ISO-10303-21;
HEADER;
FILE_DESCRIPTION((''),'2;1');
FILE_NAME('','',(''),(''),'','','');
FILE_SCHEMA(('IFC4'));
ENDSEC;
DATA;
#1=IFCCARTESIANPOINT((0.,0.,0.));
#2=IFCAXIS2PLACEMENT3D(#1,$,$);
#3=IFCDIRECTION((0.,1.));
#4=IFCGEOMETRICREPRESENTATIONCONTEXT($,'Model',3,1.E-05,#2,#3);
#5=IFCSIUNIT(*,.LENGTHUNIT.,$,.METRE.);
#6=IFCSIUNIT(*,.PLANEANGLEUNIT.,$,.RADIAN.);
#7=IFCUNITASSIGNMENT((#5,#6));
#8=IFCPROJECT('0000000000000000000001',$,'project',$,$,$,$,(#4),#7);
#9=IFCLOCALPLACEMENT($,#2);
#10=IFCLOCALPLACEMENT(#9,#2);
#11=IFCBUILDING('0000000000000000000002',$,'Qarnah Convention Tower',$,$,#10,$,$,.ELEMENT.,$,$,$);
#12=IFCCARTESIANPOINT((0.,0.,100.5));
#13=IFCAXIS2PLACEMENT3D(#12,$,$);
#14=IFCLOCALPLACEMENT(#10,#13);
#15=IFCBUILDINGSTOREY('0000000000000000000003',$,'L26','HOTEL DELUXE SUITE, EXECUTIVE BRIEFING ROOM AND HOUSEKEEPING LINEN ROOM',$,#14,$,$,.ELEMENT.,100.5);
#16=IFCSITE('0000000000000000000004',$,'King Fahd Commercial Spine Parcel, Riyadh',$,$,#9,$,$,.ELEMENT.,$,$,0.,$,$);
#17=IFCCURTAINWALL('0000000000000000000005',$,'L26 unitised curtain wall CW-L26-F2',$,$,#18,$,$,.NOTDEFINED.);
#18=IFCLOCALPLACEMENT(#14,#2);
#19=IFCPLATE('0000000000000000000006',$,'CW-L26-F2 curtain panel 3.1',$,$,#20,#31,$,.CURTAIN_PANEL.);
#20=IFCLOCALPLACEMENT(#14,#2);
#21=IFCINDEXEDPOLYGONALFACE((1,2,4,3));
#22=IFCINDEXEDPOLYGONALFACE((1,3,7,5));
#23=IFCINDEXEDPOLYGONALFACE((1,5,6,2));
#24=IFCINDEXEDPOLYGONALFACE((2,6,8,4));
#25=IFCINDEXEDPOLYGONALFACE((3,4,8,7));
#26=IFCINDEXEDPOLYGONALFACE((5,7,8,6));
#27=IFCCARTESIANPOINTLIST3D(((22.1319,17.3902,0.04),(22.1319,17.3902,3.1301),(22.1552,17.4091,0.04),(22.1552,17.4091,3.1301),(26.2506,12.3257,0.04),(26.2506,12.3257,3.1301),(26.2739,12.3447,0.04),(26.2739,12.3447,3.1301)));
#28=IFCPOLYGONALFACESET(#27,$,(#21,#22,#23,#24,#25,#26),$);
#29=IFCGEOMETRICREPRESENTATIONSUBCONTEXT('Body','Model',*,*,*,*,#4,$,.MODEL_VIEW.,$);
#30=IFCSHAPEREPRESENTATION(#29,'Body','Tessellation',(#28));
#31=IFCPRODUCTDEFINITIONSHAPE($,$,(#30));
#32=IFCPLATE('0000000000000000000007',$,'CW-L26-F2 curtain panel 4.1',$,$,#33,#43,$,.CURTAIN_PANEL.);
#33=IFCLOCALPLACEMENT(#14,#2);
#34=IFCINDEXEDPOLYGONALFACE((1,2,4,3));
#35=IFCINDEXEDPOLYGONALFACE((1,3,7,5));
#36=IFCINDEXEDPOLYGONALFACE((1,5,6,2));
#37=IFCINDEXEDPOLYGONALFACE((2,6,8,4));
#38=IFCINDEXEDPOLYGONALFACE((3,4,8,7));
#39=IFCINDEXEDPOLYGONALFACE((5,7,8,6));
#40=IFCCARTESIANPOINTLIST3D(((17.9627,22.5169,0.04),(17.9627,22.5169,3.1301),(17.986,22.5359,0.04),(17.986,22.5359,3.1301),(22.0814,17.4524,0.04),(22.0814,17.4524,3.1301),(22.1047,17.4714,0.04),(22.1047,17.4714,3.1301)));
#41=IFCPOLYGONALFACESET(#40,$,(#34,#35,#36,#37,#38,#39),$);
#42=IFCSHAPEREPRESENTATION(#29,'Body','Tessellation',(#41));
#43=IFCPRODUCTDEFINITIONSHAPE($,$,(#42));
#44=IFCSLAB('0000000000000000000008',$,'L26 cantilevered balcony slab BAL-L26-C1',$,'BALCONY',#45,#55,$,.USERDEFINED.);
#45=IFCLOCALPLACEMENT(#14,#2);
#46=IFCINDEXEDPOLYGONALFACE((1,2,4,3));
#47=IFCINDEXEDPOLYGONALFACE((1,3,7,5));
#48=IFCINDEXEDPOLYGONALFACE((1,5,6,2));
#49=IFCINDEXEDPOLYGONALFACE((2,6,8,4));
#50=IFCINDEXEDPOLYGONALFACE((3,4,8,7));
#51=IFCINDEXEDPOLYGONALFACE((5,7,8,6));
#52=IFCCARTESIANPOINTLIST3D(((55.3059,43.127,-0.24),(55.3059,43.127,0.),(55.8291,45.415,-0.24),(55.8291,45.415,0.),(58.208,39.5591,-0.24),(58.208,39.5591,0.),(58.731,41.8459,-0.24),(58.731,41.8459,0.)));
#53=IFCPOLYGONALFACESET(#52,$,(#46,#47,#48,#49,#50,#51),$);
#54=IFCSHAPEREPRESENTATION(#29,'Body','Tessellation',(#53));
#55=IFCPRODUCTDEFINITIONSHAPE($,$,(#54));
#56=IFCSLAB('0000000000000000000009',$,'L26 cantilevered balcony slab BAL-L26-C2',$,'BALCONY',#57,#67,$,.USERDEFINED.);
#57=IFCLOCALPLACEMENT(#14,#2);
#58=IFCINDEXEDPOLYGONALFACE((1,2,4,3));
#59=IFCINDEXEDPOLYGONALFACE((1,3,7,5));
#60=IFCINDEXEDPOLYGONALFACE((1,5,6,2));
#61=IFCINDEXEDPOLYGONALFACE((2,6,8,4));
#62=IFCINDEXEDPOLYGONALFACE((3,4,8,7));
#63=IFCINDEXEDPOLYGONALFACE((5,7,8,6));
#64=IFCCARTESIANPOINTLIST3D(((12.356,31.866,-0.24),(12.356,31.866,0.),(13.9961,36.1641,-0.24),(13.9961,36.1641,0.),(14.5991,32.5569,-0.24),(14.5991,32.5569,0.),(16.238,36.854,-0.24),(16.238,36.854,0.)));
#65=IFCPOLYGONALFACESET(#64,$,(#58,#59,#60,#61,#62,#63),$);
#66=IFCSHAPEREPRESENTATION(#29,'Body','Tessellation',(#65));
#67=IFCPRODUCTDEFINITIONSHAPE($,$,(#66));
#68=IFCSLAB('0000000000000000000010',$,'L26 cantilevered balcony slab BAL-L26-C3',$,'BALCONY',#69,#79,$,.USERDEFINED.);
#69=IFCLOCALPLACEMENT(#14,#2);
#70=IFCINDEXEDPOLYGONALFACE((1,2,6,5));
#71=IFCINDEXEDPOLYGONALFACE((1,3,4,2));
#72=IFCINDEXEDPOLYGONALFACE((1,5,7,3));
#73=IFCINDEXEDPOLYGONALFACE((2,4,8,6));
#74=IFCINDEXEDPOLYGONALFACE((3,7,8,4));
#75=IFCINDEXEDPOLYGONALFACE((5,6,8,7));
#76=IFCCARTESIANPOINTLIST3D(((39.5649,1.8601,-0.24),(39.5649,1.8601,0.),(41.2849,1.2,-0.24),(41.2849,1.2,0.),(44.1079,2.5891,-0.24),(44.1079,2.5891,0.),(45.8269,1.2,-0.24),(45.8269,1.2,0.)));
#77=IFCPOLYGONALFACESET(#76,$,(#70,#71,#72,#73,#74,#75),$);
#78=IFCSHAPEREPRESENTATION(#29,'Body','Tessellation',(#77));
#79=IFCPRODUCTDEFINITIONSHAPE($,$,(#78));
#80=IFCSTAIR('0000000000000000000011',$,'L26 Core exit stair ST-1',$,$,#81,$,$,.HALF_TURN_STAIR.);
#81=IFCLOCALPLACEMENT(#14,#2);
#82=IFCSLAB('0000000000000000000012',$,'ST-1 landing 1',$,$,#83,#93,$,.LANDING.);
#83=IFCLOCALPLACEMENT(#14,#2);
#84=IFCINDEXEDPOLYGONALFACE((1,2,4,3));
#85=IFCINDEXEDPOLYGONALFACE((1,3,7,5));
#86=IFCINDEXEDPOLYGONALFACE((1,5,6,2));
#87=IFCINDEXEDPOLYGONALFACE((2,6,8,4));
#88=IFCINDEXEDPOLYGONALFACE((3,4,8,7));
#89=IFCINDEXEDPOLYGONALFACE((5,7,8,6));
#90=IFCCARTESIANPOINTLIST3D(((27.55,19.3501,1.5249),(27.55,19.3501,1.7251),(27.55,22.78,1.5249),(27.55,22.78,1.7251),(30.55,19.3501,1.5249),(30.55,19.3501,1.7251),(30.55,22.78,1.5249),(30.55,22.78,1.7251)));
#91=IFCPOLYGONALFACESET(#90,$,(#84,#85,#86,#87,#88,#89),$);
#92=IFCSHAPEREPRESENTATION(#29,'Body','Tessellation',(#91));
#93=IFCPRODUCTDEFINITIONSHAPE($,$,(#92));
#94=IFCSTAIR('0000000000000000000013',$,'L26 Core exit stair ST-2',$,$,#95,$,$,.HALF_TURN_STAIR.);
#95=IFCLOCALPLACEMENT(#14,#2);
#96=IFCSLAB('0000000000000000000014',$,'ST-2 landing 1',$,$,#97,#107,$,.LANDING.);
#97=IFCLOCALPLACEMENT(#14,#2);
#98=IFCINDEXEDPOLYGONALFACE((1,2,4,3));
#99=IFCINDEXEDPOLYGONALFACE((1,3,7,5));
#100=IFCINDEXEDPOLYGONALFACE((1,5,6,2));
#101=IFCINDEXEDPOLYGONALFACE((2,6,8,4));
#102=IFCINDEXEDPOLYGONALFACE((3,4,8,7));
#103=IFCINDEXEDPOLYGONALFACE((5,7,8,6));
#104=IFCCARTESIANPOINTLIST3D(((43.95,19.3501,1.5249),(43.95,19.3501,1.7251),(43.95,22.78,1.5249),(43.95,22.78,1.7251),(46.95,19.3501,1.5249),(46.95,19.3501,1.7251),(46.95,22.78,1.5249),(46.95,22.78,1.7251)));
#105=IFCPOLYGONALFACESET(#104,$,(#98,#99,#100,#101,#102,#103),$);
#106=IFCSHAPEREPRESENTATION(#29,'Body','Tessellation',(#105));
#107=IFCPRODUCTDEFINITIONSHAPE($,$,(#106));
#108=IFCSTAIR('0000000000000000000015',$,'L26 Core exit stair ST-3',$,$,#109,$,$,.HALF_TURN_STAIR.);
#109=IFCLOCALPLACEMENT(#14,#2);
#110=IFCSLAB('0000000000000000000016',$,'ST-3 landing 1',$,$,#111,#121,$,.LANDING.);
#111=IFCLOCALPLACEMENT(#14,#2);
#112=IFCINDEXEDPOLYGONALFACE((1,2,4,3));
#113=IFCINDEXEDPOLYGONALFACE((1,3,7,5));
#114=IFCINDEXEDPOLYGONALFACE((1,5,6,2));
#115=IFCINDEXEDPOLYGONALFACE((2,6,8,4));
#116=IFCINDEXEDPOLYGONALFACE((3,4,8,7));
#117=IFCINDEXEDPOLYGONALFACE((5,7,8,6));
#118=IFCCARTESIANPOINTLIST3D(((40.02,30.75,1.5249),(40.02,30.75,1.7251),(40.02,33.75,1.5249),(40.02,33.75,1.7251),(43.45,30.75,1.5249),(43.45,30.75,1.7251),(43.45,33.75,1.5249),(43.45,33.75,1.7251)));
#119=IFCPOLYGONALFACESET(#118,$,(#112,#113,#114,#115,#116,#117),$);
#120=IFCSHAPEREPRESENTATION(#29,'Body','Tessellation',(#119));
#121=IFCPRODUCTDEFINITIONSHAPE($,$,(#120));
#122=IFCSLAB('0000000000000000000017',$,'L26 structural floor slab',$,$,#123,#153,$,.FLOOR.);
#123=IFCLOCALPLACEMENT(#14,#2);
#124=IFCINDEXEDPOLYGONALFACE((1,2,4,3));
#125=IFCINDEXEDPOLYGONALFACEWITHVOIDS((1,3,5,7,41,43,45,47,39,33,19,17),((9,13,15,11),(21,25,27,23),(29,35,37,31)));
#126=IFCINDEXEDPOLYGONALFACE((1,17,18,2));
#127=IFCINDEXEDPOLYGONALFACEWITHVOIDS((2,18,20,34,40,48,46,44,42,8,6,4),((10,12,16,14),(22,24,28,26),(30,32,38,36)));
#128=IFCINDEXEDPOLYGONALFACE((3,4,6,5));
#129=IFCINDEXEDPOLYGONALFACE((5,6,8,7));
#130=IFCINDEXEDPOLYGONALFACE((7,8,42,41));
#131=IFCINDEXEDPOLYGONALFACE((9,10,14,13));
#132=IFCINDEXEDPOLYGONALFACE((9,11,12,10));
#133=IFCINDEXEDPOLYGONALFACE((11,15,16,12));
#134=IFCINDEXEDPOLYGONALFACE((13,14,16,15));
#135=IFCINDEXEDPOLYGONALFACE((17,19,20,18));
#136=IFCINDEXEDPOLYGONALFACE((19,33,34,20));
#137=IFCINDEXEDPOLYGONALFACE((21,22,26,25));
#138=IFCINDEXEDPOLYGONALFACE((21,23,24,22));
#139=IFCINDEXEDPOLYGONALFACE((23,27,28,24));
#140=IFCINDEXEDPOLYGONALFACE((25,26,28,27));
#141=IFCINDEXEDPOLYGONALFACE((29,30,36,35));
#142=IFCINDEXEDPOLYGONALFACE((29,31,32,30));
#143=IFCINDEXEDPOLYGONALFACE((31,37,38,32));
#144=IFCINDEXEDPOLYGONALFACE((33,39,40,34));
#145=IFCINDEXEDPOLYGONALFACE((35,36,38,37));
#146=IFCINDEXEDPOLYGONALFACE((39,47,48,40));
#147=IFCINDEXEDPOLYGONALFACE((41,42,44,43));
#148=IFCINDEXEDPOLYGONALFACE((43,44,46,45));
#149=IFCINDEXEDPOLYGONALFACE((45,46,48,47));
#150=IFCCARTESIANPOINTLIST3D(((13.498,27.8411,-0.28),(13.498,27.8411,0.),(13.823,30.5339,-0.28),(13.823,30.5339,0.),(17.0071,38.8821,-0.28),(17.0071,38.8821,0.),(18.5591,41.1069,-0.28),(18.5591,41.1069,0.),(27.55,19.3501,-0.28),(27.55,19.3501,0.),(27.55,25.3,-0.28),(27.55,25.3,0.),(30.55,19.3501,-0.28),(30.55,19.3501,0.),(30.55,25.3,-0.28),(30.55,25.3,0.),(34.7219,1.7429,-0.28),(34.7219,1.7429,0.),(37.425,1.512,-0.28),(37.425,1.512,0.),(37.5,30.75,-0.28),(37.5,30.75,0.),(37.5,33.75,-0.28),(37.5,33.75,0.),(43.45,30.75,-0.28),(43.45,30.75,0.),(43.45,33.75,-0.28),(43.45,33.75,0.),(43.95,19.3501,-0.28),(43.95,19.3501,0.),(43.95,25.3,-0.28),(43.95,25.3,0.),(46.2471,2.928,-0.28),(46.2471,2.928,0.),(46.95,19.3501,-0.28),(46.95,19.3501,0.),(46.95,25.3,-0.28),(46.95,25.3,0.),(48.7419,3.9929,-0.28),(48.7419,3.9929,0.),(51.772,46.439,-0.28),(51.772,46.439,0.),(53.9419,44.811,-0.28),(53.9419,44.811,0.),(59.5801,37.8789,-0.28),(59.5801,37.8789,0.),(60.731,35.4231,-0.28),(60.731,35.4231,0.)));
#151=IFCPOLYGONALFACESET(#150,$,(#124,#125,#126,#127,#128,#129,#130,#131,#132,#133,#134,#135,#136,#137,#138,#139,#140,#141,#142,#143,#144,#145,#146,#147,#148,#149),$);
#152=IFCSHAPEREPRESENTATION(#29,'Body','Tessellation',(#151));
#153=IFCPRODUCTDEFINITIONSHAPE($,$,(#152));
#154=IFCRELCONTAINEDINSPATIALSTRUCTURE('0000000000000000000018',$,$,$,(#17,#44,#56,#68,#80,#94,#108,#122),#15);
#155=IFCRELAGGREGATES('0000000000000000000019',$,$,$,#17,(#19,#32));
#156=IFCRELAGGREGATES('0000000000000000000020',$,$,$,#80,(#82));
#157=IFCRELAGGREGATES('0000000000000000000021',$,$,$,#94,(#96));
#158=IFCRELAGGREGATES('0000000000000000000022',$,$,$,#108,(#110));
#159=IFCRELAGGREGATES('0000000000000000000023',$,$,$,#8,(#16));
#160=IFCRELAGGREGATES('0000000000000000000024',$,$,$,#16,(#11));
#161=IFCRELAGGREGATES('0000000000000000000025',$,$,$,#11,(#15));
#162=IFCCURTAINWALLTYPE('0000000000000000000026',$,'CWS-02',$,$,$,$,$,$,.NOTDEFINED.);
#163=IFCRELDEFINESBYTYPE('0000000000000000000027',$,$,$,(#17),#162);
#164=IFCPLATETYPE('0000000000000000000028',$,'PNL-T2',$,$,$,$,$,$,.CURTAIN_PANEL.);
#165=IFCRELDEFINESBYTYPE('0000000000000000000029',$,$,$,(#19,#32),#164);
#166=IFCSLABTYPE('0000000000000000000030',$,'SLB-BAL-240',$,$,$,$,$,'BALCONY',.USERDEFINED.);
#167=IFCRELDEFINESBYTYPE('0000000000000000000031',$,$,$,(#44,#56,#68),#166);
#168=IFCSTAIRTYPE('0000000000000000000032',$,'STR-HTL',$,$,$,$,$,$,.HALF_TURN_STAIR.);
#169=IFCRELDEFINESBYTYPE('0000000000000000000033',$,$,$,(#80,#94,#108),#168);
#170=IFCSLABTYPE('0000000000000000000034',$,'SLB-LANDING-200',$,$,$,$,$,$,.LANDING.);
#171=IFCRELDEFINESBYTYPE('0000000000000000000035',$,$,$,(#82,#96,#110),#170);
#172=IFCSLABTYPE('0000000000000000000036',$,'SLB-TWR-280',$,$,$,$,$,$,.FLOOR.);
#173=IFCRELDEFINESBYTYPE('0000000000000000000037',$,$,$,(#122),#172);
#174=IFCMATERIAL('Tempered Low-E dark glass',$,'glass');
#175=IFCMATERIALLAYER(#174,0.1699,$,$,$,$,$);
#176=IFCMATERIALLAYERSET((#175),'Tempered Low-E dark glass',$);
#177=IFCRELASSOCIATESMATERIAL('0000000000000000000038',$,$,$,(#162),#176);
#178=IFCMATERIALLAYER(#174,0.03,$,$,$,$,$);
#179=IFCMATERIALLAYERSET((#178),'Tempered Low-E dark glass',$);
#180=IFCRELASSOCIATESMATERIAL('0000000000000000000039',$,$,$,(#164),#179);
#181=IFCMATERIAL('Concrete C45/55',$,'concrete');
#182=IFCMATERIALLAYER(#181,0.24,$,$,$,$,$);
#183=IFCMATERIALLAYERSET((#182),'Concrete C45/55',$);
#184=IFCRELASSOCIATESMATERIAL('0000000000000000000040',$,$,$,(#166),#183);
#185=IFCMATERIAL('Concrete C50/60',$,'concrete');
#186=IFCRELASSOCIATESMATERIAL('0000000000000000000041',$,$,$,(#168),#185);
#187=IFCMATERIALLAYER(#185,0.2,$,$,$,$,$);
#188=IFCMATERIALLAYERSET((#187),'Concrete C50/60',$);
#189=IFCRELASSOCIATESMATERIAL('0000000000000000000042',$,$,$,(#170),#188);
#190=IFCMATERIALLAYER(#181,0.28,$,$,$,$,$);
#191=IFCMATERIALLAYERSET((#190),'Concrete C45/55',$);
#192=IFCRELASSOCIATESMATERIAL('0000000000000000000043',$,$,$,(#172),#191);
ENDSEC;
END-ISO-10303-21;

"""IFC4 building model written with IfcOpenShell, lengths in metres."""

from ifc_helpers import new_model, si_unit, direction, frame, origin, origin_2d, place, context, subcontext, project, spatial, polyline, rectangle, outline, extrude, material, layer, layer_set, type_object, element, aggregate, save


model = new_model("IFC4")

# Units and contexts
model_context = context("Model", 3, precision=1e-05, world=origin(), true_north=direction((0.0, 1.0)))
body_context = subcontext(model_context, "Body", "Model", "MODEL_VIEW")
ifc_project = project(units=[si_unit("LENGTHUNIT", "METRE"), si_unit("PLANEANGLEUNIT", "RADIAN")], contexts=[model_context])

# Site, building, storey
site_placement = place(None, origin())
site = spatial("IfcSite", under=ifc_project, at=site_placement, Name="King Fahd Commercial Spine Parcel, Riyadh", CompositionType="ELEMENT", RefElevation=0.0)
building_placement = place(site_placement, origin())
building = spatial("IfcBuilding", under=site, at=building_placement, Name="Qarnah Convention Tower", CompositionType="ELEMENT")
storey_placement = place(building_placement, frame((0.0, 0.0, 100.5)))
storey = spatial("IfcBuildingStorey", under=building, at=storey_placement, Name="L26", Description="HOTEL DELUXE SUITE, EXECUTIVE BRIEFING ROOM AND HOUSEKEEPING LINEN ROOM", CompositionType="ELEMENT", Elevation=100.5)

# Curtain wall, plates
ifc_material_1 = material(Name="Tempered Low-E dark glass", Category="glass")
ifc_layer_1 = layer(ifc_material_1, 0.1699)
ifc_layer_set_1 = layer_set([ifc_layer_1], Name="Tempered Low-E dark glass")
curtain_wall_type = type_object("IfcCurtainWallType", Name="CWS-02", PredefinedType="NOTDEFINED", material=ifc_layer_set_1)
curtain_wall_placement = place(storey_placement, origin())
curtain_wall = element("IfcCurtainWall", 1, at=curtain_wall_placement, inside=storey, type_object=curtain_wall_type, Name="L26 unitised curtain wall CW-L26-F2", PredefinedType="NOTDEFINED")
ifc_layer_2 = layer(ifc_material_1, 0.03)
ifc_layer_set_2 = layer_set([ifc_layer_2], Name="Tempered Low-E dark glass")
plate_type = type_object("IfcPlateType", Name="PNL-T2", PredefinedType="CURTAIN_PANEL", material=ifc_layer_set_2)
plate_1_placement = place(storey_placement, frame((24.2029, 14.8674, 0.04), z_axis=(0.0, 0.0, 1.0), x_axis=(-0.630942, 0.77583, 0.0)))
plate_1 = element("IfcPlate", 2, at=plate_1_placement, type_object=plate_type, Name="CW-L26-F2 curtain panel 3.1", PredefinedType="CURTAIN_PANEL", context=body_context, shape_type="SweptSolid", body=[
    extrude(rectangle(XDim=6.5278, YDim=0.03, at=origin_2d()), origin(), (0.0, 0.0, 1.0), 3.0901),
])
plate_2_placement = place(storey_placement, frame((20.0337, 19.9941, 0.04), z_axis=(0.0, 0.0, 1.0), x_axis=(-0.630942, 0.77583, 0.0)))
plate_2 = element("IfcPlate", 3, at=plate_2_placement, type_object=plate_type, Name="CW-L26-F2 curtain panel 4.1", PredefinedType="CURTAIN_PANEL", context=body_context, shape_type="SweptSolid", body=[
    extrude(rectangle(XDim=6.5278, YDim=0.03, at=origin_2d()), origin(), (0.0, 0.0, 1.0), 3.0901),
])
aggregate(curtain_wall, [plate_1, plate_2])

# Slabs
ifc_material_2 = material(Name="Concrete C45/55", Category="concrete")
ifc_layer_3 = layer(ifc_material_2, 0.24)
ifc_layer_set_3 = layer_set([ifc_layer_3], Name="Concrete C45/55")
slab_type_1 = type_object("IfcSlabType", Name="SLB-BAL-240", ElementType="BALCONY", PredefinedType="USERDEFINED", material=ifc_layer_set_3)
slab_1_placement = place(storey_placement, frame((0.0, 0.0, -0.24)))
element("IfcSlab", 4, at=slab_1_placement, inside=storey, type_object=slab_type_1, Name="L26 cantilevered balcony slab BAL-L26-C1", ObjectType="BALCONY", PredefinedType="USERDEFINED", context=body_context, shape_type="SweptSolid", body=[
    extrude(outline(polyline([(55.8291, 45.415), (58.731, 41.8459), (58.208, 39.5591), (55.3059, 43.127), (55.8291, 45.415)])), origin(), (0.0, 0.0, 1.0), 0.24),
])
slab_2_placement = place(storey_placement, frame((0.0, 0.0, -0.24)))
element("IfcSlab", 5, at=slab_2_placement, inside=storey, type_object=slab_type_1, Name="L26 cantilevered balcony slab BAL-L26-C2", ObjectType="BALCONY", PredefinedType="USERDEFINED", context=body_context, shape_type="SweptSolid", body=[
    extrude(outline(polyline([(12.356, 31.866), (13.9961, 36.1641), (16.238, 36.854), (14.5991, 32.5569), (12.356, 31.866)])), origin(), (0.0, 0.0, 1.0), 0.24),
])
slab_3_placement = place(storey_placement, frame((0.0, 0.0, -0.24)))
element("IfcSlab", 6, at=slab_3_placement, inside=storey, type_object=slab_type_1, Name="L26 cantilevered balcony slab BAL-L26-C3", ObjectType="BALCONY", PredefinedType="USERDEFINED", context=body_context, shape_type="SweptSolid", body=[
    extrude(outline(polyline([(45.8269, 1.2), (41.2849, 1.2), (39.5649, 1.8601), (44.1079, 2.5891), (45.8269, 1.2)])), origin(), (0.0, 0.0, 1.0), 0.24),
])

# Stairs, slabs
ifc_material_3 = material(Name="Concrete C50/60", Category="concrete")
stair_type = type_object("IfcStairType", Name="STR-HTL", PredefinedType="HALF_TURN_STAIR", material=ifc_material_3)
stair_1_placement = place(storey_placement, origin())
stair_1 = element("IfcStair", 7, at=stair_1_placement, inside=storey, type_object=stair_type, Name="L26 Core exit stair ST-1", PredefinedType="HALF_TURN_STAIR")
ifc_layer_4 = layer(ifc_material_3, 0.2)
ifc_layer_set_4 = layer_set([ifc_layer_4], Name="Concrete C50/60")
slab_type_2 = type_object("IfcSlabType", Name="SLB-LANDING-200", PredefinedType="LANDING", material=ifc_layer_set_4)
slab_4_placement = place(storey_placement, frame((0.0, 0.0, 1.5249)))
slab_4 = element("IfcSlab", 8, at=slab_4_placement, type_object=slab_type_2, Name="ST-1 landing 1", PredefinedType="LANDING", context=body_context, shape_type="SweptSolid", body=[
    extrude(outline(polyline([(27.55, 22.78), (27.55, 19.3501), (30.55, 19.3501), (30.55, 22.78), (27.55, 22.78)])), origin(), (0.0, 0.0, 1.0), 0.2002),
])
aggregate(stair_1, [slab_4])
stair_2_placement = place(storey_placement, origin())
stair_2 = element("IfcStair", 9, at=stair_2_placement, inside=storey, type_object=stair_type, Name="L26 Core exit stair ST-2", PredefinedType="HALF_TURN_STAIR")
slab_5_placement = place(storey_placement, frame((0.0, 0.0, 1.5249)))
slab_5 = element("IfcSlab", 10, at=slab_5_placement, type_object=slab_type_2, Name="ST-2 landing 1", PredefinedType="LANDING", context=body_context, shape_type="SweptSolid", body=[
    extrude(outline(polyline([(43.95, 22.78), (43.95, 19.3501), (46.95, 19.3501), (46.95, 22.78), (43.95, 22.78)])), origin(), (0.0, 0.0, 1.0), 0.2002),
])
aggregate(stair_2, [slab_5])
stair_3_placement = place(storey_placement, origin())
stair_3 = element("IfcStair", 11, at=stair_3_placement, inside=storey, type_object=stair_type, Name="L26 Core exit stair ST-3", PredefinedType="HALF_TURN_STAIR")
slab_6_placement = place(storey_placement, frame((0.0, 0.0, 1.5249)))
slab_6 = element("IfcSlab", 12, at=slab_6_placement, type_object=slab_type_2, Name="ST-3 landing 1", PredefinedType="LANDING", context=body_context, shape_type="SweptSolid", body=[
    extrude(outline(polyline([(40.02, 30.75), (43.45, 30.75), (43.45, 33.75), (40.02, 33.75), (40.02, 30.75)])), origin(), (0.0, 0.0, 1.0), 0.2002),
])
aggregate(stair_3, [slab_6])

# Slab
ifc_layer_5 = layer(ifc_material_2, 0.28)
ifc_layer_set_5 = layer_set([ifc_layer_5], Name="Concrete C45/55")
slab_type_3 = type_object("IfcSlabType", Name="SLB-TWR-280", PredefinedType="FLOOR", material=ifc_layer_set_5)
slab_7_placement = place(storey_placement, frame((0.0, 0.0, -0.28)))
element("IfcSlab", 13, at=slab_7_placement, inside=storey, type_object=slab_type_3, Name="L26 structural floor slab", PredefinedType="FLOOR", context=body_context, shape_type="SweptSolid", body=[
    extrude(outline(polyline([(51.772, 46.439), (18.5591, 41.1069), (17.0071, 38.8821), (13.823, 30.5339), (13.498, 27.8411), (34.7219, 1.7429), (37.425, 1.512), (46.2471, 2.928), (48.7419, 3.9929), (60.731, 35.4231), (59.5801, 37.8789), (53.9419, 44.811), (51.772, 46.439)]), holes=[polyline([(27.55, 25.3), (27.55, 19.3501), (30.55, 19.3501), (30.55, 25.3), (27.55, 25.3)]), polyline([(43.95, 25.3), (43.95, 19.3501), (46.95, 19.3501), (46.95, 25.3), (43.95, 25.3)]), polyline([(37.5, 30.75), (43.45, 30.75), (43.45, 33.75), (37.5, 33.75), (37.5, 30.75)])]), origin(), (0.0, 0.0, 1.0), 0.28),
])

save(model, "model.ifc")
